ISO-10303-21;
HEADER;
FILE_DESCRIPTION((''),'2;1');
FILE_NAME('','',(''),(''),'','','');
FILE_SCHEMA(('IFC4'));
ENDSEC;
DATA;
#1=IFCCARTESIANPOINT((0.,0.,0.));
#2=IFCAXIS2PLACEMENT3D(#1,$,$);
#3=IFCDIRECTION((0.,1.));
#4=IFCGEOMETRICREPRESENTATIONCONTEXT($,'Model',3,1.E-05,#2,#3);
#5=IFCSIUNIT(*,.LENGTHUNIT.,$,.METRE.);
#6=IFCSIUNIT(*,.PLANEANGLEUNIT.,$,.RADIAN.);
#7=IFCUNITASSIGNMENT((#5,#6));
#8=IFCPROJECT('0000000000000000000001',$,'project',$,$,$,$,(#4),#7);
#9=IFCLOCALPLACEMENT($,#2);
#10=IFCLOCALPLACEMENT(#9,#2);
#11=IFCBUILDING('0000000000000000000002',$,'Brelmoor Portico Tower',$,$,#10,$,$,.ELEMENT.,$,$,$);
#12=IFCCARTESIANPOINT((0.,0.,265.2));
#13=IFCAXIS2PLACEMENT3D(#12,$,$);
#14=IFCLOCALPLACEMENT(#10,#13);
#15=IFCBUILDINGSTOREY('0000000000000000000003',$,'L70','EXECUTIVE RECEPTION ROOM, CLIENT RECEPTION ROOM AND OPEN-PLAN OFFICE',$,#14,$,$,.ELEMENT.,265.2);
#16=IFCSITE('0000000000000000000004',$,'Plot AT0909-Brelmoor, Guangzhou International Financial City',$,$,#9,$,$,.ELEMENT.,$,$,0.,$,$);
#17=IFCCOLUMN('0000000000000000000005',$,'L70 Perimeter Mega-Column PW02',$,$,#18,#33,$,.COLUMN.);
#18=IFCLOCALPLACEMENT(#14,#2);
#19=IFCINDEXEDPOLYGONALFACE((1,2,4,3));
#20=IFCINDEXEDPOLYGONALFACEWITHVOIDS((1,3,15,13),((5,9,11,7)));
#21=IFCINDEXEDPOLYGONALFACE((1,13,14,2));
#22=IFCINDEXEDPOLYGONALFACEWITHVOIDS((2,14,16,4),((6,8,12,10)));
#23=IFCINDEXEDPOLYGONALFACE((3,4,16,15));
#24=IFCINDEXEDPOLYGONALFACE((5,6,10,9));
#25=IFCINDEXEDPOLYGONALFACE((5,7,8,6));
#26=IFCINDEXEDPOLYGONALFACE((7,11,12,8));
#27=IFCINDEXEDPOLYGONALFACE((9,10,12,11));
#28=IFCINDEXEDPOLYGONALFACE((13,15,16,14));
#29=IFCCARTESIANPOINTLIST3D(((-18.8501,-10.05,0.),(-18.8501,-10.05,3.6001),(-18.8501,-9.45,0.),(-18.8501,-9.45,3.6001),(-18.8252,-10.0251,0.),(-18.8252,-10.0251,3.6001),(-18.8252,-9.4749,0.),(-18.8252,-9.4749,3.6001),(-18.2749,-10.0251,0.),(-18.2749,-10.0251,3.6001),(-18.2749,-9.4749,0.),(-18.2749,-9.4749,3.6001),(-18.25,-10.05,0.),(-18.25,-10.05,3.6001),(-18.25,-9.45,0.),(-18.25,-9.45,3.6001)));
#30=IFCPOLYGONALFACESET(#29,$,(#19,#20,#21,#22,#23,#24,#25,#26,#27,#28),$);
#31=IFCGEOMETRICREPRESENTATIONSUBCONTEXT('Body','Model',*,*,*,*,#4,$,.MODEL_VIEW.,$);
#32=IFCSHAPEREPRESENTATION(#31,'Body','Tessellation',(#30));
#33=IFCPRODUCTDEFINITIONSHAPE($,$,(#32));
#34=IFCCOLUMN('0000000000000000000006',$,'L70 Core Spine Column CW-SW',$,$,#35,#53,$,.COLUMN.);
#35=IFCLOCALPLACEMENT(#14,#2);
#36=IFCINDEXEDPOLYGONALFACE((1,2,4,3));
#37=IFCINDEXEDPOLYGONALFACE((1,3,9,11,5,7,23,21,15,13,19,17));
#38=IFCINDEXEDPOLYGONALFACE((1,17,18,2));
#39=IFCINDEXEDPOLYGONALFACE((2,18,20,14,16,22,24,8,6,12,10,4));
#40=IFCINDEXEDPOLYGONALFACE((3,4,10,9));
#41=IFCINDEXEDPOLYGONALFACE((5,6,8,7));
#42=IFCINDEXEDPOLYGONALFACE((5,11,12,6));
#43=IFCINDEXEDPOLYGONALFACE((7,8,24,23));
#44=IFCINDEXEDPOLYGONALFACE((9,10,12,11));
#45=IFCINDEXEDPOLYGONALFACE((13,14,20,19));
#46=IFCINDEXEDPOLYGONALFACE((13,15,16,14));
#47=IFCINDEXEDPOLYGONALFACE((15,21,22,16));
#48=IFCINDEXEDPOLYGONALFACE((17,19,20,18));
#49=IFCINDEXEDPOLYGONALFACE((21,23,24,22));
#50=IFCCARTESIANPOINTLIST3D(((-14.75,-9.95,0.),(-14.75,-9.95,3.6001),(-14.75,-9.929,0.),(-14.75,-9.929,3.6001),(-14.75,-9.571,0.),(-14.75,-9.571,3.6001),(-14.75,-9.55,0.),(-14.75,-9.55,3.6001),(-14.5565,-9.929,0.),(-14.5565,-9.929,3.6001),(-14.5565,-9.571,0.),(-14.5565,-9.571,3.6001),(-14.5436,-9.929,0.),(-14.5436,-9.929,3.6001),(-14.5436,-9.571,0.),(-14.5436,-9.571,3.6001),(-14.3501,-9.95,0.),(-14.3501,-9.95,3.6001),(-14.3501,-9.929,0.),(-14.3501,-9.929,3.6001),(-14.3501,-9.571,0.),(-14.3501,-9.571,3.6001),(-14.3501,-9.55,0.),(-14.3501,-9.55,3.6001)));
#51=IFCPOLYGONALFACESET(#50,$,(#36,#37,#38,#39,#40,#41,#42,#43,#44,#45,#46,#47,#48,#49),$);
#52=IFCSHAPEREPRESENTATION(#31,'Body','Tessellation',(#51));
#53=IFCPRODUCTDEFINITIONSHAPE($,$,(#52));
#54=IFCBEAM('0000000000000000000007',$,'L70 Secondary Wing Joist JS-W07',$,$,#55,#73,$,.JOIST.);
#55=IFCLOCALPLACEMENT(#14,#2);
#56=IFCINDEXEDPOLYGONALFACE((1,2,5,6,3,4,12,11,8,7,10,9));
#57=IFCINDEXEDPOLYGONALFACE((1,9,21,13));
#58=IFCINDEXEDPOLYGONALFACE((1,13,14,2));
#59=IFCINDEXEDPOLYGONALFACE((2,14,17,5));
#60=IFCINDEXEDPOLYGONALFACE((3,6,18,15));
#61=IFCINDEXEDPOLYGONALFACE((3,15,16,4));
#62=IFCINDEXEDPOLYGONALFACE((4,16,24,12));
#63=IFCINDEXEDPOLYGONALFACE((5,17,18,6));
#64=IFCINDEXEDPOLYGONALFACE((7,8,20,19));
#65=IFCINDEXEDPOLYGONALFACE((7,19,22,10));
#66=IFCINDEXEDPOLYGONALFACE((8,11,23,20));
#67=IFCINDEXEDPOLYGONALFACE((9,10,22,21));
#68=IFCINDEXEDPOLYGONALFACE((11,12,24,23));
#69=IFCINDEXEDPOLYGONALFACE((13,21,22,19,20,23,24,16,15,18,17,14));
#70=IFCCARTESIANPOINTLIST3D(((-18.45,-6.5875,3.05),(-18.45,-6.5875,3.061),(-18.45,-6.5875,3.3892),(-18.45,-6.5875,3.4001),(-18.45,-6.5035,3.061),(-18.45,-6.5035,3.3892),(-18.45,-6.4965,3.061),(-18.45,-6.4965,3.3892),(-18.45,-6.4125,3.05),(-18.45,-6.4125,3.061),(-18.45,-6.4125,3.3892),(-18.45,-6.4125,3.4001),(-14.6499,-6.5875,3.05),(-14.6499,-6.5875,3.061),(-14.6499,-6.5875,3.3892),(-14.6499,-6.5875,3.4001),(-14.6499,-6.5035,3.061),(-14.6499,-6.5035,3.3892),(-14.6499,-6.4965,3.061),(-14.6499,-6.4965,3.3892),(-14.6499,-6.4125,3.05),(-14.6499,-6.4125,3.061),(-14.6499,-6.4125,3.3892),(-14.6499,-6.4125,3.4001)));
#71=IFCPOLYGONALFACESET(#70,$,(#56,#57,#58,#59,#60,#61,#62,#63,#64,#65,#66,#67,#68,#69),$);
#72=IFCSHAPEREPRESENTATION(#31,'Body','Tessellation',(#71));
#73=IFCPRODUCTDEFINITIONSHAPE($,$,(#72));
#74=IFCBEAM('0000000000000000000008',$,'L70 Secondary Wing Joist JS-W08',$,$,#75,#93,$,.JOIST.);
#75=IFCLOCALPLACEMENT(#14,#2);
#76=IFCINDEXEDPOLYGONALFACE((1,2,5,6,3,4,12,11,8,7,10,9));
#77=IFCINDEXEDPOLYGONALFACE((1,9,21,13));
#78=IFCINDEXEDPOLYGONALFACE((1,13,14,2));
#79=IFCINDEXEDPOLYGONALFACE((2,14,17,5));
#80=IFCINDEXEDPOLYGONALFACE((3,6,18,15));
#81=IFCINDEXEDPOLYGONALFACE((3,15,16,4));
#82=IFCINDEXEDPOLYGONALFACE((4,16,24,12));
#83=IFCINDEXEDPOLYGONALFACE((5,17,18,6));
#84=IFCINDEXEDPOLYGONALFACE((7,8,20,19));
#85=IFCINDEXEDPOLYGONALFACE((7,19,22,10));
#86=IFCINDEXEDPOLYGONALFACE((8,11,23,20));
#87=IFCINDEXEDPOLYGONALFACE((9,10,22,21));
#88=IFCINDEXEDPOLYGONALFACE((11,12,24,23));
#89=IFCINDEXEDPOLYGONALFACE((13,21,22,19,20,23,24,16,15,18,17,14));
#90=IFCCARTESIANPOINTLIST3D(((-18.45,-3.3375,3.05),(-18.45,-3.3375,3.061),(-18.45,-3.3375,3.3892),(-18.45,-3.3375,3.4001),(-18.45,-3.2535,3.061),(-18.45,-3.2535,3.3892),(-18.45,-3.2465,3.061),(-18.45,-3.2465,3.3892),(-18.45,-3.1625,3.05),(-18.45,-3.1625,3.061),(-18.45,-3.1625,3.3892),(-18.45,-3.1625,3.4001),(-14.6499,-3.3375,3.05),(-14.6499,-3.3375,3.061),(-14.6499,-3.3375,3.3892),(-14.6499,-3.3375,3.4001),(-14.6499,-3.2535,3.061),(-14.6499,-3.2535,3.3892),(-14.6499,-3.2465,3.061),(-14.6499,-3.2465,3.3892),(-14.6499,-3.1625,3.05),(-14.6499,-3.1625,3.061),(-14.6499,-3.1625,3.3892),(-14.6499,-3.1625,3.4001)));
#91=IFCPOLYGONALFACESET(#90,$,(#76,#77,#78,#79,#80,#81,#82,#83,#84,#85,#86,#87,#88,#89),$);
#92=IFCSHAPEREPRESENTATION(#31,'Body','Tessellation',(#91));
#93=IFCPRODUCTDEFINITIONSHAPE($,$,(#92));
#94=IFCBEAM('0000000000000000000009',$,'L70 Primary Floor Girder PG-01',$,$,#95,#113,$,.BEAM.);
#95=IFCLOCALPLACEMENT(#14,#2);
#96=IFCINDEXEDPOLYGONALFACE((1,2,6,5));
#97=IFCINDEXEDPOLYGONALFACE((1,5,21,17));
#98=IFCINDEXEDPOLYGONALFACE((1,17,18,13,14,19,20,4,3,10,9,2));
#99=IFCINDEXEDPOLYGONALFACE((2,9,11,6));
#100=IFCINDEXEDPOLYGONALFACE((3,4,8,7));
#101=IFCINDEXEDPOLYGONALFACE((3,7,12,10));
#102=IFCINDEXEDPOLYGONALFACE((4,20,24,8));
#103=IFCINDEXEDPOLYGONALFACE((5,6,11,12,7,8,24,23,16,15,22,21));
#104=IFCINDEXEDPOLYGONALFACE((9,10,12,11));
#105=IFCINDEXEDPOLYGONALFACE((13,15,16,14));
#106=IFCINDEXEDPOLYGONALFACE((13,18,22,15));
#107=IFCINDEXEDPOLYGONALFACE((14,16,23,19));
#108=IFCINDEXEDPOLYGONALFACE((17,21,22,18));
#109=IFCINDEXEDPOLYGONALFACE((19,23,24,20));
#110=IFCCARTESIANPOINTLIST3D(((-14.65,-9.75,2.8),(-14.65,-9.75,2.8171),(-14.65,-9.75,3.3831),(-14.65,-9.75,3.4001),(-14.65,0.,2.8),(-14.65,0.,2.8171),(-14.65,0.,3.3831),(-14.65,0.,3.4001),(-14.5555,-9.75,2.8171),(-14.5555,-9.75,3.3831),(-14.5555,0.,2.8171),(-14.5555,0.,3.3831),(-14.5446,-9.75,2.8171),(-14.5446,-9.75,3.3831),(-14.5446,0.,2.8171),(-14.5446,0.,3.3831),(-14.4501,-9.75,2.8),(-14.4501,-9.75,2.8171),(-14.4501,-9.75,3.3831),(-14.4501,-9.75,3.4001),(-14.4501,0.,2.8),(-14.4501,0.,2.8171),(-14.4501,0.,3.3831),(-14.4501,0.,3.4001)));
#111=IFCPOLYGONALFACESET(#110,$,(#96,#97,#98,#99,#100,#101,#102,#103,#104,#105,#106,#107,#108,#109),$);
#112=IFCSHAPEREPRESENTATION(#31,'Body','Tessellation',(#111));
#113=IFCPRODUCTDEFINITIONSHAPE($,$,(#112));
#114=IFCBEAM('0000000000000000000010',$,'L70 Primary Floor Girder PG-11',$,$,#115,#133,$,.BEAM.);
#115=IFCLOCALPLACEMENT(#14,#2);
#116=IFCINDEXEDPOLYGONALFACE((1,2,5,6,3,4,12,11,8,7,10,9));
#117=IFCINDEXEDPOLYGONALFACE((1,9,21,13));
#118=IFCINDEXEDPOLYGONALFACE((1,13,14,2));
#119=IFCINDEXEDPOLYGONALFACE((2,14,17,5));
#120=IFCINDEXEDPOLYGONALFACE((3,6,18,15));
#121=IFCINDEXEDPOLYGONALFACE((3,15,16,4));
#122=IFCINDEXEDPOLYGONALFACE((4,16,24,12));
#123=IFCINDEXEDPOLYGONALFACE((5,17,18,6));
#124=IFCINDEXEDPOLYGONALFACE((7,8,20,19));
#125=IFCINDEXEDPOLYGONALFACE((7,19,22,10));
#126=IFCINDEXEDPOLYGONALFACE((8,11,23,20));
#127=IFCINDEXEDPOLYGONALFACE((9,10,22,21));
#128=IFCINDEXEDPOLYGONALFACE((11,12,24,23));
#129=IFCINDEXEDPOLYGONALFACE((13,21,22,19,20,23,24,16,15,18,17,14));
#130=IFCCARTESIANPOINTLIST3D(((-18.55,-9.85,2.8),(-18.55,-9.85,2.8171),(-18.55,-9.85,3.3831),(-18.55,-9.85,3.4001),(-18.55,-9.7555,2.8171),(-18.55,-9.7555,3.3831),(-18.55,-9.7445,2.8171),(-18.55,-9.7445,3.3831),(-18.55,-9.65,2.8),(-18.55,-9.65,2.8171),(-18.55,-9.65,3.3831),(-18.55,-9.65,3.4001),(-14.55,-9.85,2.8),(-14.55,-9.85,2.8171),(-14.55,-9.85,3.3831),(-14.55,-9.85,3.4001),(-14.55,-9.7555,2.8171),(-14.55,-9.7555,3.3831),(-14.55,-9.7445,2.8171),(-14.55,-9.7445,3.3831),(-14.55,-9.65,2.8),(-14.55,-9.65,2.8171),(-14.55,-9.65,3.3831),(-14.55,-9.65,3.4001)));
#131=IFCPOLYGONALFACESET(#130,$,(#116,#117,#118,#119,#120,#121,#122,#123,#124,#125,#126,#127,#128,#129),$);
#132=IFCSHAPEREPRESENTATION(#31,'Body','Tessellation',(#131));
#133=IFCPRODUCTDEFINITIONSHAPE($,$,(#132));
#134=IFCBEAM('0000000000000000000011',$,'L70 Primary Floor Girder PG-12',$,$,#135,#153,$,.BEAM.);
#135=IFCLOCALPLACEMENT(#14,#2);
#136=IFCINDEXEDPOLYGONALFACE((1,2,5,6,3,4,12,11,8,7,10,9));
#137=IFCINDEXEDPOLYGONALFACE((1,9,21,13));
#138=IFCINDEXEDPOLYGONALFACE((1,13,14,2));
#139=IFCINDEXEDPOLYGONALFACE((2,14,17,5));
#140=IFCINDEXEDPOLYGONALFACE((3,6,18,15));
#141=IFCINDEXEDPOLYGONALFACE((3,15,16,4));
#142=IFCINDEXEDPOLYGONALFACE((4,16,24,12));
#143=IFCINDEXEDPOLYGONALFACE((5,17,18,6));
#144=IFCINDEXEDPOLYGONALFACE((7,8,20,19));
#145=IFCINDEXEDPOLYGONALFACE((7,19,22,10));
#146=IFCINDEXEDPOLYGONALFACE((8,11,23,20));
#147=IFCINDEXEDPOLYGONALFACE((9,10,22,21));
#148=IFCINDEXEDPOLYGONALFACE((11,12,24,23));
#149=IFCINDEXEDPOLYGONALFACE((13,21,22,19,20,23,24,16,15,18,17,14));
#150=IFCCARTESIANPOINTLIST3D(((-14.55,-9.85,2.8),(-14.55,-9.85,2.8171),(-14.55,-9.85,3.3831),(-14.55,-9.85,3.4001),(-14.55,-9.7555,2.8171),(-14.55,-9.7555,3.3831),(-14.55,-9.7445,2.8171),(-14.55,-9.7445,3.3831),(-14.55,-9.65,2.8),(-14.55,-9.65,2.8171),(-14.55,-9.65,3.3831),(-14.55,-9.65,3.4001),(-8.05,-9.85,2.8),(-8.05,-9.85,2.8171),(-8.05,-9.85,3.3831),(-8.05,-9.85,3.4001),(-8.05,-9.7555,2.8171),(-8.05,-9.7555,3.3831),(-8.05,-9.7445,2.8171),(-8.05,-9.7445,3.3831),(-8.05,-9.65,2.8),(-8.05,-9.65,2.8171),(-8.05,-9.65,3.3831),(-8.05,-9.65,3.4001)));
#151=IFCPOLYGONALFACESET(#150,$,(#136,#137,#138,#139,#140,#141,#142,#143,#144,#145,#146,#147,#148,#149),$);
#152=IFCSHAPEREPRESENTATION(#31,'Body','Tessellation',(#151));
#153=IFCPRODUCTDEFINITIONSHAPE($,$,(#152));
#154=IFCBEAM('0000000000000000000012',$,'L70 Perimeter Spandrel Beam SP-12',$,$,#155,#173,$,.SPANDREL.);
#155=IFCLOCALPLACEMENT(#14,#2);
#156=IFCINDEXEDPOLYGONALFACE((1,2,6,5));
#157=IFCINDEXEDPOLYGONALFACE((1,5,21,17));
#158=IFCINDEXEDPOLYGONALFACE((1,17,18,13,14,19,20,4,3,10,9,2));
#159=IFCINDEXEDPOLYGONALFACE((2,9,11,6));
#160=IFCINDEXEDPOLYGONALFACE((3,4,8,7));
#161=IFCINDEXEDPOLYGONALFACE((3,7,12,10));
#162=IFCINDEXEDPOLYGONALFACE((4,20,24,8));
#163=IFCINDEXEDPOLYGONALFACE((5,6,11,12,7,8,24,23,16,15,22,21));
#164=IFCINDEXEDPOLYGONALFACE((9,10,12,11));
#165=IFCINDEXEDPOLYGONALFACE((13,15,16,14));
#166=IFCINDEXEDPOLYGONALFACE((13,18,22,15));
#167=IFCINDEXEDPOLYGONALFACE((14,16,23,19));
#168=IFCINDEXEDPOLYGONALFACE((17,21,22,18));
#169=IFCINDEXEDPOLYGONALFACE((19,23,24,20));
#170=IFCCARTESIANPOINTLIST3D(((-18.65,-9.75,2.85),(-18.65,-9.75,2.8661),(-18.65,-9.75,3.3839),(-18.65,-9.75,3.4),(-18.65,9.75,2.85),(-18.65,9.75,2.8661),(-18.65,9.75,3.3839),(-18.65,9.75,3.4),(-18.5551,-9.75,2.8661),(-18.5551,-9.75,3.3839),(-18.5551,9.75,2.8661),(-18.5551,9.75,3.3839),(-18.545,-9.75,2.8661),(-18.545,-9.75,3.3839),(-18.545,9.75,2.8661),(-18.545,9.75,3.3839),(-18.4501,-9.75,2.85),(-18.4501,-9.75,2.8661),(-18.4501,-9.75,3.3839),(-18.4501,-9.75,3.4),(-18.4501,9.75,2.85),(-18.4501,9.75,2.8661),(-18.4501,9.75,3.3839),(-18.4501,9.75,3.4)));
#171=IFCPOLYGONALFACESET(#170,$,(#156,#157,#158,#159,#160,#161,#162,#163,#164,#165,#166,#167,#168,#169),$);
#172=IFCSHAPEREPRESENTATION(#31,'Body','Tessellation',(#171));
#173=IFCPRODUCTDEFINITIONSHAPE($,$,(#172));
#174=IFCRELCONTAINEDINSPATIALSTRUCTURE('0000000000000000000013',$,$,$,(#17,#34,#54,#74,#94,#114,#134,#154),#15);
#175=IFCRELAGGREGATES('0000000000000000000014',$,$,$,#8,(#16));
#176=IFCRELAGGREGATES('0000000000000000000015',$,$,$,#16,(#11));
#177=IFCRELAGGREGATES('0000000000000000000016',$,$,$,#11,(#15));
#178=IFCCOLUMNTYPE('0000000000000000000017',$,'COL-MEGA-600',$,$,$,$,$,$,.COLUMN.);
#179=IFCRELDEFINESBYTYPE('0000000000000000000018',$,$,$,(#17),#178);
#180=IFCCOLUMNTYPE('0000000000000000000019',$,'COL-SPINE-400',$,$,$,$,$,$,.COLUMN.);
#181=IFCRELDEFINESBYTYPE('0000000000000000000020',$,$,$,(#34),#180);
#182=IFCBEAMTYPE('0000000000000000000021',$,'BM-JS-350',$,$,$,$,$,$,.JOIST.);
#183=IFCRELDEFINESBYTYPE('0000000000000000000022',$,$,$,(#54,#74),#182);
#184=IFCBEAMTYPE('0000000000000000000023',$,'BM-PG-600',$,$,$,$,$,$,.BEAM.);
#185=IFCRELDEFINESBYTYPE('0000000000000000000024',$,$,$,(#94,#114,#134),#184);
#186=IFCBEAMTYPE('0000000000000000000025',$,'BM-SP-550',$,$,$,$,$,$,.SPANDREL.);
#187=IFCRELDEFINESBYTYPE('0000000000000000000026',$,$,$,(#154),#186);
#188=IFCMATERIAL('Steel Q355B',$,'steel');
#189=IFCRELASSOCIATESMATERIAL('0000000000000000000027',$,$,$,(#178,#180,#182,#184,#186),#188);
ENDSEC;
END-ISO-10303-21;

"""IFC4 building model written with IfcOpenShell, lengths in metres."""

from ifc_helpers import new_model, si_unit, direction, frame, origin, origin_2d, place, context, subcontext, project, spatial, hollow_rectangle, i_section, extrude, material, material_profile, profile_set, type_object, element, save


model = new_model("IFC4")

# Units and contexts
model_context = context("Model", 3, precision=1e-05, world=origin(), true_north=direction((0.0, 1.0)))
body_context = subcontext(model_context, "Body", "Model", "MODEL_VIEW")
ifc_project = project(units=[si_unit("LENGTHUNIT", "METRE"), si_unit("PLANEANGLEUNIT", "RADIAN")], contexts=[model_context])

# Site, building, storey
site_placement = place(None, origin())
site = spatial("IfcSite", under=ifc_project, at=site_placement, Name="Plot AT0909-Brelmoor, Guangzhou International Financial City", CompositionType="ELEMENT", RefElevation=0.0)
building_placement = place(site_placement, origin())
building = spatial("IfcBuilding", under=site, at=building_placement, Name="Brelmoor Portico Tower", CompositionType="ELEMENT")
storey_placement = place(building_placement, frame((0.0, 0.0, 265.2)))
storey = spatial("IfcBuildingStorey", under=building, at=storey_placement, Name="L70", Description="EXECUTIVE RECEPTION ROOM, CLIENT RECEPTION ROOM AND OPEN-PLAN OFFICE", CompositionType="ELEMENT", Elevation=265.2)

# Columns
ifc_material_1 = material(Name="Steel Q355B", Category="steel")
ifc_material_profile_1 = material_profile(ifc_material_1, hollow_rectangle(XDim=0.6001, YDim=0.6001, WallThickness=0.0249, at=origin_2d()), Name="BOX 600x600x25")
ifc_profile_set_1 = profile_set([ifc_material_profile_1], Name="Steel Q355B")
column_type_1 = type_object("IfcColumnType", Name="COL-MEGA-600", PredefinedType="COLUMN", material=ifc_profile_set_1)
column_1_placement = place(storey_placement, frame((-18.55, -9.75, 0.0), z_axis=(0.0, 0.0, 1.0), x_axis=(0.0, 1.0, 0.0)))
element("IfcColumn", 1, at=column_1_placement, inside=storey, type_object=column_type_1, Name="L70 Perimeter Mega-Column PW02", PredefinedType="COLUMN", context=body_context, shape_type="SweptSolid", body=[
    extrude(hollow_rectangle(XDim=0.6001, YDim=0.6001, WallThickness=0.0249, at=origin_2d()), origin(), (0.0, 0.0, 1.0), 3.6001),
])
ifc_material_profile_2 = material_profile(ifc_material_1, i_section(OverallWidth=0.3999, OverallDepth=0.3999, WebThickness=0.0129, FlangeThickness=0.021, at=origin_2d()), Name="HW 400x400x13x21")
ifc_profile_set_2 = profile_set([ifc_material_profile_2], Name="Steel Q355B")
column_type_2 = type_object("IfcColumnType", Name="COL-SPINE-400", PredefinedType="COLUMN", material=ifc_profile_set_2)
column_2_placement = place(storey_placement, frame((-14.55, -9.75, 0.0), z_axis=(0.0, 0.0, 1.0), x_axis=(1.0, 0.0, 0.0)))
element("IfcColumn", 2, at=column_2_placement, inside=storey, type_object=column_type_2, Name="L70 Core Spine Column CW-SW", PredefinedType="COLUMN", context=body_context, shape_type="SweptSolid", body=[
    extrude(i_section(OverallWidth=0.3999, OverallDepth=0.3999, WebThickness=0.0129, FlangeThickness=0.021, at=origin_2d()), origin(), (0.0, 0.0, 1.0), 3.6001),
])

# Beams
ifc_material_profile_3 = material_profile(ifc_material_1, i_section(OverallWidth=0.175, OverallDepth=0.3501, WebThickness=0.0071, FlangeThickness=0.011, at=origin_2d()), Name="HN 350x175x7x11")
ifc_profile_set_3 = profile_set([ifc_material_profile_3], Name="Steel Q355B")
beam_type_1 = type_object("IfcBeamType", Name="BM-JS-350", PredefinedType="JOIST", material=ifc_profile_set_3)
for number, where, z_axis, x_axis, name in (
    (3, (-18.45, -6.5, 3.2251), (1.0, 0.0, 0.0), (0.0, 1.0, 0.0), "L70 Secondary Wing Joist JS-W07"),
    (4, (-18.45, -3.25, 3.2251), (1.0, 0.0, 0.0), (0.0, 1.0, 0.0), "L70 Secondary Wing Joist JS-W08"),
):
    element("IfcBeam", number, at=place(storey_placement, frame(where, z_axis=z_axis, x_axis=x_axis)), inside=storey, type_object=beam_type_1, Name=name, PredefinedType="JOIST", context=body_context, shape_type="SweptSolid", body=[
        extrude(i_section(OverallWidth=0.175, OverallDepth=0.3501, WebThickness=0.0071, FlangeThickness=0.011, at=origin_2d()), origin(), (0.0, 0.0, 1.0), 3.8),
    ])
ifc_material_profile_4 = material_profile(ifc_material_1, i_section(OverallWidth=0.2, OverallDepth=0.6001, WebThickness=0.011, FlangeThickness=0.0171, at=origin_2d()), Name="HN 600x200x11x17")
ifc_profile_set_4 = profile_set([ifc_material_profile_4], Name="Steel Q355B")
beam_type_2 = type_object("IfcBeamType", Name="BM-PG-600", PredefinedType="BEAM", material=ifc_profile_set_4)
beam_1_placement = place(storey_placement, frame((-14.55, -9.75, 3.1001), z_axis=(0.0, 1.0, 0.0), x_axis=(-1.0, 0.0, 0.0)))
element("IfcBeam", 5, at=beam_1_placement, inside=storey, type_object=beam_type_2, Name="L70 Primary Floor Girder PG-01", PredefinedType="BEAM", context=body_context, shape_type="SweptSolid", body=[
    extrude(i_section(OverallWidth=0.2, OverallDepth=0.6001, WebThickness=0.011, FlangeThickness=0.0171, at=origin_2d()), origin(), (0.0, 0.0, 1.0), 9.75),
])
beam_2_placement = place(storey_placement, frame((-18.55, -9.75, 3.1001), z_axis=(1.0, 0.0, 0.0), x_axis=(0.0, 1.0, 0.0)))
element("IfcBeam", 6, at=beam_2_placement, inside=storey, type_object=beam_type_2, Name="L70 Primary Floor Girder PG-11", PredefinedType="BEAM", context=body_context, shape_type="SweptSolid", body=[
    extrude(i_section(OverallWidth=0.2, OverallDepth=0.6001, WebThickness=0.011, FlangeThickness=0.0171, at=origin_2d()), origin(), (0.0, 0.0, 1.0), 4.0),
])
beam_3_placement = place(storey_placement, frame((-14.55, -9.75, 3.1001), z_axis=(1.0, 0.0, 0.0), x_axis=(0.0, 1.0, 0.0)))
element("IfcBeam", 7, at=beam_3_placement, inside=storey, type_object=beam_type_2, Name="L70 Primary Floor Girder PG-12", PredefinedType="BEAM", context=body_context, shape_type="SweptSolid", body=[
    extrude(i_section(OverallWidth=0.2, OverallDepth=0.6001, WebThickness=0.011, FlangeThickness=0.0171, at=origin_2d()), origin(), (0.0, 0.0, 1.0), 6.5),
])
ifc_material_profile_5 = material_profile(ifc_material_1, i_section(OverallWidth=0.2, OverallDepth=0.55, WebThickness=0.01, FlangeThickness=0.0161, at=origin_2d()), Name="HN 550x200x10x16")
ifc_profile_set_5 = profile_set([ifc_material_profile_5], Name="Steel Q355B")
beam_type_3 = type_object("IfcBeamType", Name="BM-SP-550", PredefinedType="SPANDREL", material=ifc_profile_set_5)
beam_4_placement = place(storey_placement, frame((-18.55, -9.75, 3.125), z_axis=(0.0, 1.0, 0.0), x_axis=(-1.0, 0.0, 0.0)))
element("IfcBeam", 8, at=beam_4_placement, inside=storey, type_object=beam_type_3, Name="L70 Perimeter Spandrel Beam SP-12", PredefinedType="SPANDREL", context=body_context, shape_type="SweptSolid", body=[
    extrude(i_section(OverallWidth=0.2, OverallDepth=0.55, WebThickness=0.01, FlangeThickness=0.0161, at=origin_2d()), origin(), (0.0, 0.0, 1.0), 19.5),
])

save(model, "model.ifc")
